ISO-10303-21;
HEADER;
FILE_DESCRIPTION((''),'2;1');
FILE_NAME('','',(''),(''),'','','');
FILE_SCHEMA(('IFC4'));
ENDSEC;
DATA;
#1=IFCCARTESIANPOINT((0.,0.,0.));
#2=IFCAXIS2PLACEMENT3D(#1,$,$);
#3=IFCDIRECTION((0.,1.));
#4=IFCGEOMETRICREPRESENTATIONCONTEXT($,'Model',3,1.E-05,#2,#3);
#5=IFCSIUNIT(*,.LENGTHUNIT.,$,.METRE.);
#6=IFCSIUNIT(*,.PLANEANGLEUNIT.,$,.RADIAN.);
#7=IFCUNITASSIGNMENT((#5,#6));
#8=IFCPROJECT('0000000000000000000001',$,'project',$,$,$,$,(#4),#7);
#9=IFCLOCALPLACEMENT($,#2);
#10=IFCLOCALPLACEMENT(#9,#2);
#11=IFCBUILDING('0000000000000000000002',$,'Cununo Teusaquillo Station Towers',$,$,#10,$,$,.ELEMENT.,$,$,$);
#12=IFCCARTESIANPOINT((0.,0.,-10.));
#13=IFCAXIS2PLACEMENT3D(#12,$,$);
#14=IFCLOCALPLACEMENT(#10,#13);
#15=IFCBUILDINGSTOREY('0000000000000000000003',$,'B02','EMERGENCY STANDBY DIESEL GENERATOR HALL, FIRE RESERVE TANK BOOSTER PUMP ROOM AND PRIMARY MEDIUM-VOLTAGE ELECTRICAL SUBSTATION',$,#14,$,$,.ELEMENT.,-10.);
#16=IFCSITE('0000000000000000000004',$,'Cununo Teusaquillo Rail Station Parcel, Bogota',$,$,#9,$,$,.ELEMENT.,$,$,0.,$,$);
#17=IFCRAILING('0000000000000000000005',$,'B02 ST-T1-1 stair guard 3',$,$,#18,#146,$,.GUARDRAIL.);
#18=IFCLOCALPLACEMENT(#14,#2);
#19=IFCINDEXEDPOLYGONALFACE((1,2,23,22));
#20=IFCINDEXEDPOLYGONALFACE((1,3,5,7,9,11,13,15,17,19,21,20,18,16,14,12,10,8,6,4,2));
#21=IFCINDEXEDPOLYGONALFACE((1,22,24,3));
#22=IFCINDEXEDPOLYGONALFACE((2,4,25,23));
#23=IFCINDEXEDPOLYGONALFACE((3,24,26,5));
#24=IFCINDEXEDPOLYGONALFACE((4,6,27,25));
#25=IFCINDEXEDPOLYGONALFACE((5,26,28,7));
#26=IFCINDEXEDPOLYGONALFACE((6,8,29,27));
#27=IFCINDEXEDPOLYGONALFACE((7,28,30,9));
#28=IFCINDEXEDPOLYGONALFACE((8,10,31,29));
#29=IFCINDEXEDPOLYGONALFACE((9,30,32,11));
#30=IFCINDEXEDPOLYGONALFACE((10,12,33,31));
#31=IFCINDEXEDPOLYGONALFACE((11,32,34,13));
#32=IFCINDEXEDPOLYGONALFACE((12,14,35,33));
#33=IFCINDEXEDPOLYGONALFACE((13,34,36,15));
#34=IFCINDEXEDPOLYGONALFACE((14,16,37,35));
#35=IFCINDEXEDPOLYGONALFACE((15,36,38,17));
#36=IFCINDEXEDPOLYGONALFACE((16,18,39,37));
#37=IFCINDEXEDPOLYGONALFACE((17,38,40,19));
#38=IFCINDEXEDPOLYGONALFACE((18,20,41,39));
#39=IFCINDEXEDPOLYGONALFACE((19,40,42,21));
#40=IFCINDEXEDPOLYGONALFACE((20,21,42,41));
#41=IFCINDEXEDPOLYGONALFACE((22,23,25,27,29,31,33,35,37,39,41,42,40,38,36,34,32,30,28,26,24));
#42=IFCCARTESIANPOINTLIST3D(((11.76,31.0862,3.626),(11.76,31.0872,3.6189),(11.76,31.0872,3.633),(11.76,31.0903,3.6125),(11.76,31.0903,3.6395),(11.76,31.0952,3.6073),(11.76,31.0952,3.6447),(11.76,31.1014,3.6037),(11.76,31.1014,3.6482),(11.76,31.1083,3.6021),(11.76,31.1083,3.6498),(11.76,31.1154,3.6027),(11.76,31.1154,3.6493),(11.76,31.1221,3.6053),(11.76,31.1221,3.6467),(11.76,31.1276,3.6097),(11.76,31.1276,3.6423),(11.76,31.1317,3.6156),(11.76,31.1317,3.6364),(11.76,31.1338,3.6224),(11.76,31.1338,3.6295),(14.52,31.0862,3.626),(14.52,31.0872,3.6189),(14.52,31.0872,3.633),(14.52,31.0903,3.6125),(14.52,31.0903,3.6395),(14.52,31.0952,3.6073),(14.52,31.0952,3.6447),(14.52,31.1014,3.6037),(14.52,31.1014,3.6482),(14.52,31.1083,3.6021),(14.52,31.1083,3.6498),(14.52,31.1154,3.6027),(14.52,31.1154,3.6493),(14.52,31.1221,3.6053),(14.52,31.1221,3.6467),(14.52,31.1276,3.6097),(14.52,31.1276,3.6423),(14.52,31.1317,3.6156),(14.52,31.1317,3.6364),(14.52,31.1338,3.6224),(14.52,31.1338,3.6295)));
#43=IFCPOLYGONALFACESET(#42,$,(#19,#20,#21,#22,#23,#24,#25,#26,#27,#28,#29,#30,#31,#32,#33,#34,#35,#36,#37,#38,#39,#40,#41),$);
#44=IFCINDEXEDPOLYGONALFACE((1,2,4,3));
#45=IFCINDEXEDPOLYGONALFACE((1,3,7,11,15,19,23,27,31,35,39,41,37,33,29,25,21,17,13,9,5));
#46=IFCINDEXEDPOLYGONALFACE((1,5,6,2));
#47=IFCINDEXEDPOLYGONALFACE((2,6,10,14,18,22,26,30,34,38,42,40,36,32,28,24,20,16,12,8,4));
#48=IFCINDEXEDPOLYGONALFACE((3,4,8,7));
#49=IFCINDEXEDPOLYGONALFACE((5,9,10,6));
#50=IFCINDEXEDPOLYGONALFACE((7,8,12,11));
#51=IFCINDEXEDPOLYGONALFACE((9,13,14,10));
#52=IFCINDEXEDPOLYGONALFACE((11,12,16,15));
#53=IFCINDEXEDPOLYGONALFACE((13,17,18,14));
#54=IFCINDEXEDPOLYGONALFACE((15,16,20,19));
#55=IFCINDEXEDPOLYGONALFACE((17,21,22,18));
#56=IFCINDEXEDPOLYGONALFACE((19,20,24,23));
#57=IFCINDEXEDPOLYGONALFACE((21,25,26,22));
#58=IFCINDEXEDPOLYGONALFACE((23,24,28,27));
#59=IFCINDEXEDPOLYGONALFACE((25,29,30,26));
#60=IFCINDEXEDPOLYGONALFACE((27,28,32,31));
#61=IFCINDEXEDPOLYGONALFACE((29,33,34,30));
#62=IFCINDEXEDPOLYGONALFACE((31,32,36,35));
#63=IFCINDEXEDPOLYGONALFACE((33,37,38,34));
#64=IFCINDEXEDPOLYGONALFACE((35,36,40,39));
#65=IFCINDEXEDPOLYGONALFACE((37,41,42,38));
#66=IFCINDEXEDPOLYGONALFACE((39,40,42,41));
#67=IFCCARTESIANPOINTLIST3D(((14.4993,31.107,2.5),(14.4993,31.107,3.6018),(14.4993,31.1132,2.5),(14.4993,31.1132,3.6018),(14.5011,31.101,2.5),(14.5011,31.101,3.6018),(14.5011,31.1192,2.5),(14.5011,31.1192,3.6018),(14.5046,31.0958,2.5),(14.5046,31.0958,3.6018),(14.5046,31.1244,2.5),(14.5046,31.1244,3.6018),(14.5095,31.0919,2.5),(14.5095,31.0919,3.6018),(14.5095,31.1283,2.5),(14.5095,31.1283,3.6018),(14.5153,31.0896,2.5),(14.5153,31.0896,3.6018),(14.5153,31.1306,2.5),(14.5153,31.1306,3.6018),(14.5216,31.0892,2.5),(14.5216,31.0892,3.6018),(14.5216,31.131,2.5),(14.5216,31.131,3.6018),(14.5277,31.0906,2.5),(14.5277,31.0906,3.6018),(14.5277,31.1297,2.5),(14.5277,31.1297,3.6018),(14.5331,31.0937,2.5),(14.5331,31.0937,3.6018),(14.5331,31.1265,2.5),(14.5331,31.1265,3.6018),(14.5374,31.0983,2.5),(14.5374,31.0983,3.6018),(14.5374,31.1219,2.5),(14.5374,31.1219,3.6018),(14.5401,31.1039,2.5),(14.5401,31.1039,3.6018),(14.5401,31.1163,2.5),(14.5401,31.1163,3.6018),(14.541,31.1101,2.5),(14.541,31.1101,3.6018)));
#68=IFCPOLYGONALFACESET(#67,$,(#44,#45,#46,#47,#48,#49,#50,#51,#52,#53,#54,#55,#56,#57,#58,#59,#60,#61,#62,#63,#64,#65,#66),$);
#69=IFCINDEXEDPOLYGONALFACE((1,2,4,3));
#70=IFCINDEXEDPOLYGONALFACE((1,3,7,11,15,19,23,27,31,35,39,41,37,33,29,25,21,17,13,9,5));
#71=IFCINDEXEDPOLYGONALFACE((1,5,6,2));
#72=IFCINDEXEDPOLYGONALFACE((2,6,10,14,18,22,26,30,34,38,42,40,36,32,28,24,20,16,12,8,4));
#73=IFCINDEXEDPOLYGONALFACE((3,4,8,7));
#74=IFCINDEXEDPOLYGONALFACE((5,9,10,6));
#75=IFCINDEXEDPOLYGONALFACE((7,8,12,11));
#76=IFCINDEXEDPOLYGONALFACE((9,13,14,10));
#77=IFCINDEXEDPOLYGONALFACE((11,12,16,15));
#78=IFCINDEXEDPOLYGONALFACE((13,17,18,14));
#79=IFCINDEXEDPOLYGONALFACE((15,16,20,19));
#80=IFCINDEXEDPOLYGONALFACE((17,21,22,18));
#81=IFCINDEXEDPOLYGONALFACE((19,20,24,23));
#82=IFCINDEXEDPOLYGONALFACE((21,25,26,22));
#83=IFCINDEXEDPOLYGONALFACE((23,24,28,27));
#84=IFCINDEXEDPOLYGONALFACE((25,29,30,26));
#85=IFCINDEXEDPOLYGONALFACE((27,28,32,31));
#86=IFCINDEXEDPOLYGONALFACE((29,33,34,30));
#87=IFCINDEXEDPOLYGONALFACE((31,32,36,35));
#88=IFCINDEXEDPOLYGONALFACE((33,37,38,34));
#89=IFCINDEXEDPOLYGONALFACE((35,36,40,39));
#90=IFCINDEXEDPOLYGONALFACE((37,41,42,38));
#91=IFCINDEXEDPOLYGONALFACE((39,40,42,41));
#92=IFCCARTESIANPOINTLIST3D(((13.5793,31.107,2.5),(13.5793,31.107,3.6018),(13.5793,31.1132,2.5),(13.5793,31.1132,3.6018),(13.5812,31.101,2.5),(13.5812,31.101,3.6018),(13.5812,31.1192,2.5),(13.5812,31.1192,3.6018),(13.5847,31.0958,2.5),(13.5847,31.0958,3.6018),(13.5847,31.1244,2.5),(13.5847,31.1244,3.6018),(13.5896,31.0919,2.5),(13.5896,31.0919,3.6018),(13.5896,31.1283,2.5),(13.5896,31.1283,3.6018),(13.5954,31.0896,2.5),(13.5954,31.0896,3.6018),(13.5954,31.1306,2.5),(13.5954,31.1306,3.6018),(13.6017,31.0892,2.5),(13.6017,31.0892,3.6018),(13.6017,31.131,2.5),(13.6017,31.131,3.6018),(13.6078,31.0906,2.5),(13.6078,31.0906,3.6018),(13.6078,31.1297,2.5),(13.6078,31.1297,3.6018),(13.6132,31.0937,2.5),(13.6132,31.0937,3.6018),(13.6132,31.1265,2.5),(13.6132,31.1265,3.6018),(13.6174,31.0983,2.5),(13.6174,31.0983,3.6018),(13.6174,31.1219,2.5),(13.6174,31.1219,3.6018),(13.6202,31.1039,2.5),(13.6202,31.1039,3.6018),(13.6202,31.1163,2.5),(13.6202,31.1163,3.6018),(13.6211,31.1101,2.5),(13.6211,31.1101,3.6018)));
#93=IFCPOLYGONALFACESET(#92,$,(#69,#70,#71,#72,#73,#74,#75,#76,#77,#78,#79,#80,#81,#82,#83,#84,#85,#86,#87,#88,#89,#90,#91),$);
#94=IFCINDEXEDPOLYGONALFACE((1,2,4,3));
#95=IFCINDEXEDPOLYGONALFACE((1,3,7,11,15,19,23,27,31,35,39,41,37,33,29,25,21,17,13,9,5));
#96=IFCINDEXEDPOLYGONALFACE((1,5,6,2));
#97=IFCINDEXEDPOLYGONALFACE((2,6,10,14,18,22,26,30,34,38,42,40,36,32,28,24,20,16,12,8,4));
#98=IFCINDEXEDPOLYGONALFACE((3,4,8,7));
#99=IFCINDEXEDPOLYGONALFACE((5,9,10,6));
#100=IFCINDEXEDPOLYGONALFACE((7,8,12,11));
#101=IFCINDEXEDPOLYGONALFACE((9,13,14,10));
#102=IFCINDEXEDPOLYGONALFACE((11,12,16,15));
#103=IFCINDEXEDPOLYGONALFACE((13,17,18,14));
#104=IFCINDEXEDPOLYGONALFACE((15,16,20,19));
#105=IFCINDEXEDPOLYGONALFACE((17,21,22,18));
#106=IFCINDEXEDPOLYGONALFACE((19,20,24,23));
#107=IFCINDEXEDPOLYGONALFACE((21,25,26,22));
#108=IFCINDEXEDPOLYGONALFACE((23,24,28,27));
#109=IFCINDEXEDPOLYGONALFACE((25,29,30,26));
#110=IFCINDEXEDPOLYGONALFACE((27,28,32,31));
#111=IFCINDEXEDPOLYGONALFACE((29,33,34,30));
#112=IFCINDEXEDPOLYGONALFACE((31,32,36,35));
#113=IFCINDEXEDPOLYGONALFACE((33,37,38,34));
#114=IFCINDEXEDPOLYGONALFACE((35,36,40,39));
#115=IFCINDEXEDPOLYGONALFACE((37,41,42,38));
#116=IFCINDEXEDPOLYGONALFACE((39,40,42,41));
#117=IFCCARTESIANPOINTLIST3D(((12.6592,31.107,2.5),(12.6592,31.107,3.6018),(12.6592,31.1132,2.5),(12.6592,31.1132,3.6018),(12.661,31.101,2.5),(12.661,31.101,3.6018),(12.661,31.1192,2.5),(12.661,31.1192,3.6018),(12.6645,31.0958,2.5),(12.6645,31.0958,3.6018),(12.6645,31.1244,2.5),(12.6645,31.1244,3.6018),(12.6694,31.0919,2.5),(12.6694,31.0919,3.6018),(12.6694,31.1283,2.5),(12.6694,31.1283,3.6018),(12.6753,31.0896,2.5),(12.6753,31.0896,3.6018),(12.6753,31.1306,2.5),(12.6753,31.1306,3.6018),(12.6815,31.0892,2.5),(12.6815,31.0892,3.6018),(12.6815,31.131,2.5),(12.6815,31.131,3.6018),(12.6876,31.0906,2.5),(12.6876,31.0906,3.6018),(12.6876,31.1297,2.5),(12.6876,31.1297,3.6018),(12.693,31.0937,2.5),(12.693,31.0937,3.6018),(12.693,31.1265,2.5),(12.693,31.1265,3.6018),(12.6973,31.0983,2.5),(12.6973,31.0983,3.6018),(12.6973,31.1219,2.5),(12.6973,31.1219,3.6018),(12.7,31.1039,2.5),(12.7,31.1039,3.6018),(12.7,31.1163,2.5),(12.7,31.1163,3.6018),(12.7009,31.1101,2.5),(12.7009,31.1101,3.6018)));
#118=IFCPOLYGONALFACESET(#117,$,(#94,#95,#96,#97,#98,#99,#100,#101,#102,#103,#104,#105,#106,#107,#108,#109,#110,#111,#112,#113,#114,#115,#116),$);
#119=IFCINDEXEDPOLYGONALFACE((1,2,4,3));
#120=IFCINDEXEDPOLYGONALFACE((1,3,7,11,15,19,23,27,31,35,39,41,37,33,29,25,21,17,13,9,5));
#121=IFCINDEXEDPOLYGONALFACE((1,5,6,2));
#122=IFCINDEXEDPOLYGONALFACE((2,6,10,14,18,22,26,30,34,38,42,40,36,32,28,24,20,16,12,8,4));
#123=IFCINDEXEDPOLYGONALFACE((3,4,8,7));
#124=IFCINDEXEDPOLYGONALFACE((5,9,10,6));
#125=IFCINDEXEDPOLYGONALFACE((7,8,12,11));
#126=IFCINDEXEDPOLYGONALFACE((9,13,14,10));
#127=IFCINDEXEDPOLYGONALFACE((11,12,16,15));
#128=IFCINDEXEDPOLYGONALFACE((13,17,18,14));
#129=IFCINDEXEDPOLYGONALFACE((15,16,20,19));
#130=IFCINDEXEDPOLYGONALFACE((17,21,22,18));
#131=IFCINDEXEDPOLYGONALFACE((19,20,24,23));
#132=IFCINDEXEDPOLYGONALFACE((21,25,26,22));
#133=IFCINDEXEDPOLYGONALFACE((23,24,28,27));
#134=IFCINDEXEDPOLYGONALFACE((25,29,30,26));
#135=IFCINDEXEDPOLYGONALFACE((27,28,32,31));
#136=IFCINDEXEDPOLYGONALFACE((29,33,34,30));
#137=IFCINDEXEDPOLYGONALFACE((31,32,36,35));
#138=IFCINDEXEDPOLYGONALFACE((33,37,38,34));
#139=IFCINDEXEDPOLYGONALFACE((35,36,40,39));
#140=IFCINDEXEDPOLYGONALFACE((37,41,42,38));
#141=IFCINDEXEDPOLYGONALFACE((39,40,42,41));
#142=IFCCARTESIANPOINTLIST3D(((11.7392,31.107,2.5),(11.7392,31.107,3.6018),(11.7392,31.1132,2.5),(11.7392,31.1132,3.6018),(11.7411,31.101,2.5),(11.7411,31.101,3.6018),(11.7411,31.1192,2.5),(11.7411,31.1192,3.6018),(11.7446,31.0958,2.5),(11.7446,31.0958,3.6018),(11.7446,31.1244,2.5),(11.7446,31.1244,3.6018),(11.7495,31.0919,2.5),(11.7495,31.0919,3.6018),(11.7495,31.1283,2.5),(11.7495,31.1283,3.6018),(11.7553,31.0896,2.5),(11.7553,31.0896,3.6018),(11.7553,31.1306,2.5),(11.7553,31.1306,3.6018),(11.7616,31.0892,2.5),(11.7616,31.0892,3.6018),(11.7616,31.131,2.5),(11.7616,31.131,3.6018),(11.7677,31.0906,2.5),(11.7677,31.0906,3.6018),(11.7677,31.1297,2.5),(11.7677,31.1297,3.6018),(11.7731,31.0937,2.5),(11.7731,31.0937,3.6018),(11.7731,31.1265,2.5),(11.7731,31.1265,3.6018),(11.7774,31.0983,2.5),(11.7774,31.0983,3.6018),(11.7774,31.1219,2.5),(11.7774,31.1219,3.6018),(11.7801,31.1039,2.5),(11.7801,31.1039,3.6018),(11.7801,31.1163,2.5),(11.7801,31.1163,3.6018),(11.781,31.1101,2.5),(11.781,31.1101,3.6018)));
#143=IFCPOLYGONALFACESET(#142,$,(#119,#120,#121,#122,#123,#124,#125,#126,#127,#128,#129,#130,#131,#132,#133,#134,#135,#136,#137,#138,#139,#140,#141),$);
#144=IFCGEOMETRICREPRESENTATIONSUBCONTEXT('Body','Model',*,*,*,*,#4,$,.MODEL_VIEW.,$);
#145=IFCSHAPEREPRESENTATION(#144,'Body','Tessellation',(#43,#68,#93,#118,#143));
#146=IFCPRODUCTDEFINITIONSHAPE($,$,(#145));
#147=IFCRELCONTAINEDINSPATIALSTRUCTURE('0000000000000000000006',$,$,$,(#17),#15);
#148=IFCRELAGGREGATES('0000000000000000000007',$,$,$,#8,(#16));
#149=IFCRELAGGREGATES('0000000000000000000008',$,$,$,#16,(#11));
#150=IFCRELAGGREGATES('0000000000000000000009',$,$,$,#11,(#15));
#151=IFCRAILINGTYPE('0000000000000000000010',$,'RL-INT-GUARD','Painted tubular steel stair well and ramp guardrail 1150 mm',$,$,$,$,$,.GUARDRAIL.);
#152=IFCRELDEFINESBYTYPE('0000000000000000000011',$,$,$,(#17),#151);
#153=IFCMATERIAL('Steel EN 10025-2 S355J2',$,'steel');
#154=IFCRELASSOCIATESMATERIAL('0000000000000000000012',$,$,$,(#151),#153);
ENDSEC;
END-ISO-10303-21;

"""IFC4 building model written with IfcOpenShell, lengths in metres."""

from ifc_helpers import new_model, si_unit, direction, frame, origin, origin_2d, place, context, subcontext, project, spatial, circle, extrude, material, type_object, element, save


model = new_model("IFC4")

# Units and contexts
model_context = context("Model", 3, precision=1e-05, world=origin(), true_north=direction((0.0, 1.0)))
body_context = subcontext(model_context, "Body", "Model", "MODEL_VIEW")
ifc_project = project(units=[si_unit("LENGTHUNIT", "METRE"), si_unit("PLANEANGLEUNIT", "RADIAN")], contexts=[model_context])

# Site, building, storey
site_placement = place(None, origin())
site = spatial("IfcSite", under=ifc_project, at=site_placement, Name="Cununo Teusaquillo Rail Station Parcel, Bogota", CompositionType="ELEMENT", RefElevation=0.0)
building_placement = place(site_placement, origin())
building = spatial("IfcBuilding", under=site, at=building_placement, Name="Cununo Teusaquillo Station Towers", CompositionType="ELEMENT")
storey_placement = place(building_placement, frame((0.0, 0.0, -10.0)))
storey = spatial("IfcBuildingStorey", under=building, at=storey_placement, Name="B02", Description="EMERGENCY STANDBY DIESEL GENERATOR HALL, FIRE RESERVE TANK BOOSTER PUMP ROOM AND PRIMARY MEDIUM-VOLTAGE ELECTRICAL SUBSTATION", CompositionType="ELEMENT", Elevation=-10.0)

# Railing
ifc_material_1 = material(Name="Steel EN 10025-2 S355J2", Category="steel")
railing_type_1 = type_object("IfcRailingType", Name="RL-INT-GUARD", Description="Painted tubular steel stair well and ramp guardrail 1150 mm", PredefinedType="GUARDRAIL", material=ifc_material_1)
railing_1_placement = place(storey_placement, frame((14.52, 31.1101, 2.5)))
element("IfcRailing", 1, at=railing_1_placement, inside=storey, type_object=railing_type_1, Name="B02 ST-T1-1 stair guard 3", PredefinedType="GUARDRAIL", context=body_context, shape_type="SweptSolid", body=[
    extrude(circle(Radius=0.0239, at=origin_2d()), frame((0.0, 0.0, 1.126), z_axis=(-1.0, 0.0, 0.0), x_axis=(0.0, -1.0, 0.0)), (0.0, 0.0, 1.0), 2.76),
    extrude(circle(Radius=0.021, at=origin_2d()), origin(), (0.0, 0.0, 1.0), 1.1018),
    extrude(circle(Radius=0.021, at=origin_2d()), frame((-0.9199, 0.0, 0.0)), (0.0, 0.0, 1.0), 1.1018),
    extrude(circle(Radius=0.021, at=origin_2d()), frame((-1.8401, 0.0, 0.0)), (0.0, 0.0, 1.0), 1.1018),
    extrude(circle(Radius=0.021, at=origin_2d()), frame((-2.76, 0.0, 0.0)), (0.0, 0.0, 1.0), 1.1018),
])

save(model, "model.ifc")
